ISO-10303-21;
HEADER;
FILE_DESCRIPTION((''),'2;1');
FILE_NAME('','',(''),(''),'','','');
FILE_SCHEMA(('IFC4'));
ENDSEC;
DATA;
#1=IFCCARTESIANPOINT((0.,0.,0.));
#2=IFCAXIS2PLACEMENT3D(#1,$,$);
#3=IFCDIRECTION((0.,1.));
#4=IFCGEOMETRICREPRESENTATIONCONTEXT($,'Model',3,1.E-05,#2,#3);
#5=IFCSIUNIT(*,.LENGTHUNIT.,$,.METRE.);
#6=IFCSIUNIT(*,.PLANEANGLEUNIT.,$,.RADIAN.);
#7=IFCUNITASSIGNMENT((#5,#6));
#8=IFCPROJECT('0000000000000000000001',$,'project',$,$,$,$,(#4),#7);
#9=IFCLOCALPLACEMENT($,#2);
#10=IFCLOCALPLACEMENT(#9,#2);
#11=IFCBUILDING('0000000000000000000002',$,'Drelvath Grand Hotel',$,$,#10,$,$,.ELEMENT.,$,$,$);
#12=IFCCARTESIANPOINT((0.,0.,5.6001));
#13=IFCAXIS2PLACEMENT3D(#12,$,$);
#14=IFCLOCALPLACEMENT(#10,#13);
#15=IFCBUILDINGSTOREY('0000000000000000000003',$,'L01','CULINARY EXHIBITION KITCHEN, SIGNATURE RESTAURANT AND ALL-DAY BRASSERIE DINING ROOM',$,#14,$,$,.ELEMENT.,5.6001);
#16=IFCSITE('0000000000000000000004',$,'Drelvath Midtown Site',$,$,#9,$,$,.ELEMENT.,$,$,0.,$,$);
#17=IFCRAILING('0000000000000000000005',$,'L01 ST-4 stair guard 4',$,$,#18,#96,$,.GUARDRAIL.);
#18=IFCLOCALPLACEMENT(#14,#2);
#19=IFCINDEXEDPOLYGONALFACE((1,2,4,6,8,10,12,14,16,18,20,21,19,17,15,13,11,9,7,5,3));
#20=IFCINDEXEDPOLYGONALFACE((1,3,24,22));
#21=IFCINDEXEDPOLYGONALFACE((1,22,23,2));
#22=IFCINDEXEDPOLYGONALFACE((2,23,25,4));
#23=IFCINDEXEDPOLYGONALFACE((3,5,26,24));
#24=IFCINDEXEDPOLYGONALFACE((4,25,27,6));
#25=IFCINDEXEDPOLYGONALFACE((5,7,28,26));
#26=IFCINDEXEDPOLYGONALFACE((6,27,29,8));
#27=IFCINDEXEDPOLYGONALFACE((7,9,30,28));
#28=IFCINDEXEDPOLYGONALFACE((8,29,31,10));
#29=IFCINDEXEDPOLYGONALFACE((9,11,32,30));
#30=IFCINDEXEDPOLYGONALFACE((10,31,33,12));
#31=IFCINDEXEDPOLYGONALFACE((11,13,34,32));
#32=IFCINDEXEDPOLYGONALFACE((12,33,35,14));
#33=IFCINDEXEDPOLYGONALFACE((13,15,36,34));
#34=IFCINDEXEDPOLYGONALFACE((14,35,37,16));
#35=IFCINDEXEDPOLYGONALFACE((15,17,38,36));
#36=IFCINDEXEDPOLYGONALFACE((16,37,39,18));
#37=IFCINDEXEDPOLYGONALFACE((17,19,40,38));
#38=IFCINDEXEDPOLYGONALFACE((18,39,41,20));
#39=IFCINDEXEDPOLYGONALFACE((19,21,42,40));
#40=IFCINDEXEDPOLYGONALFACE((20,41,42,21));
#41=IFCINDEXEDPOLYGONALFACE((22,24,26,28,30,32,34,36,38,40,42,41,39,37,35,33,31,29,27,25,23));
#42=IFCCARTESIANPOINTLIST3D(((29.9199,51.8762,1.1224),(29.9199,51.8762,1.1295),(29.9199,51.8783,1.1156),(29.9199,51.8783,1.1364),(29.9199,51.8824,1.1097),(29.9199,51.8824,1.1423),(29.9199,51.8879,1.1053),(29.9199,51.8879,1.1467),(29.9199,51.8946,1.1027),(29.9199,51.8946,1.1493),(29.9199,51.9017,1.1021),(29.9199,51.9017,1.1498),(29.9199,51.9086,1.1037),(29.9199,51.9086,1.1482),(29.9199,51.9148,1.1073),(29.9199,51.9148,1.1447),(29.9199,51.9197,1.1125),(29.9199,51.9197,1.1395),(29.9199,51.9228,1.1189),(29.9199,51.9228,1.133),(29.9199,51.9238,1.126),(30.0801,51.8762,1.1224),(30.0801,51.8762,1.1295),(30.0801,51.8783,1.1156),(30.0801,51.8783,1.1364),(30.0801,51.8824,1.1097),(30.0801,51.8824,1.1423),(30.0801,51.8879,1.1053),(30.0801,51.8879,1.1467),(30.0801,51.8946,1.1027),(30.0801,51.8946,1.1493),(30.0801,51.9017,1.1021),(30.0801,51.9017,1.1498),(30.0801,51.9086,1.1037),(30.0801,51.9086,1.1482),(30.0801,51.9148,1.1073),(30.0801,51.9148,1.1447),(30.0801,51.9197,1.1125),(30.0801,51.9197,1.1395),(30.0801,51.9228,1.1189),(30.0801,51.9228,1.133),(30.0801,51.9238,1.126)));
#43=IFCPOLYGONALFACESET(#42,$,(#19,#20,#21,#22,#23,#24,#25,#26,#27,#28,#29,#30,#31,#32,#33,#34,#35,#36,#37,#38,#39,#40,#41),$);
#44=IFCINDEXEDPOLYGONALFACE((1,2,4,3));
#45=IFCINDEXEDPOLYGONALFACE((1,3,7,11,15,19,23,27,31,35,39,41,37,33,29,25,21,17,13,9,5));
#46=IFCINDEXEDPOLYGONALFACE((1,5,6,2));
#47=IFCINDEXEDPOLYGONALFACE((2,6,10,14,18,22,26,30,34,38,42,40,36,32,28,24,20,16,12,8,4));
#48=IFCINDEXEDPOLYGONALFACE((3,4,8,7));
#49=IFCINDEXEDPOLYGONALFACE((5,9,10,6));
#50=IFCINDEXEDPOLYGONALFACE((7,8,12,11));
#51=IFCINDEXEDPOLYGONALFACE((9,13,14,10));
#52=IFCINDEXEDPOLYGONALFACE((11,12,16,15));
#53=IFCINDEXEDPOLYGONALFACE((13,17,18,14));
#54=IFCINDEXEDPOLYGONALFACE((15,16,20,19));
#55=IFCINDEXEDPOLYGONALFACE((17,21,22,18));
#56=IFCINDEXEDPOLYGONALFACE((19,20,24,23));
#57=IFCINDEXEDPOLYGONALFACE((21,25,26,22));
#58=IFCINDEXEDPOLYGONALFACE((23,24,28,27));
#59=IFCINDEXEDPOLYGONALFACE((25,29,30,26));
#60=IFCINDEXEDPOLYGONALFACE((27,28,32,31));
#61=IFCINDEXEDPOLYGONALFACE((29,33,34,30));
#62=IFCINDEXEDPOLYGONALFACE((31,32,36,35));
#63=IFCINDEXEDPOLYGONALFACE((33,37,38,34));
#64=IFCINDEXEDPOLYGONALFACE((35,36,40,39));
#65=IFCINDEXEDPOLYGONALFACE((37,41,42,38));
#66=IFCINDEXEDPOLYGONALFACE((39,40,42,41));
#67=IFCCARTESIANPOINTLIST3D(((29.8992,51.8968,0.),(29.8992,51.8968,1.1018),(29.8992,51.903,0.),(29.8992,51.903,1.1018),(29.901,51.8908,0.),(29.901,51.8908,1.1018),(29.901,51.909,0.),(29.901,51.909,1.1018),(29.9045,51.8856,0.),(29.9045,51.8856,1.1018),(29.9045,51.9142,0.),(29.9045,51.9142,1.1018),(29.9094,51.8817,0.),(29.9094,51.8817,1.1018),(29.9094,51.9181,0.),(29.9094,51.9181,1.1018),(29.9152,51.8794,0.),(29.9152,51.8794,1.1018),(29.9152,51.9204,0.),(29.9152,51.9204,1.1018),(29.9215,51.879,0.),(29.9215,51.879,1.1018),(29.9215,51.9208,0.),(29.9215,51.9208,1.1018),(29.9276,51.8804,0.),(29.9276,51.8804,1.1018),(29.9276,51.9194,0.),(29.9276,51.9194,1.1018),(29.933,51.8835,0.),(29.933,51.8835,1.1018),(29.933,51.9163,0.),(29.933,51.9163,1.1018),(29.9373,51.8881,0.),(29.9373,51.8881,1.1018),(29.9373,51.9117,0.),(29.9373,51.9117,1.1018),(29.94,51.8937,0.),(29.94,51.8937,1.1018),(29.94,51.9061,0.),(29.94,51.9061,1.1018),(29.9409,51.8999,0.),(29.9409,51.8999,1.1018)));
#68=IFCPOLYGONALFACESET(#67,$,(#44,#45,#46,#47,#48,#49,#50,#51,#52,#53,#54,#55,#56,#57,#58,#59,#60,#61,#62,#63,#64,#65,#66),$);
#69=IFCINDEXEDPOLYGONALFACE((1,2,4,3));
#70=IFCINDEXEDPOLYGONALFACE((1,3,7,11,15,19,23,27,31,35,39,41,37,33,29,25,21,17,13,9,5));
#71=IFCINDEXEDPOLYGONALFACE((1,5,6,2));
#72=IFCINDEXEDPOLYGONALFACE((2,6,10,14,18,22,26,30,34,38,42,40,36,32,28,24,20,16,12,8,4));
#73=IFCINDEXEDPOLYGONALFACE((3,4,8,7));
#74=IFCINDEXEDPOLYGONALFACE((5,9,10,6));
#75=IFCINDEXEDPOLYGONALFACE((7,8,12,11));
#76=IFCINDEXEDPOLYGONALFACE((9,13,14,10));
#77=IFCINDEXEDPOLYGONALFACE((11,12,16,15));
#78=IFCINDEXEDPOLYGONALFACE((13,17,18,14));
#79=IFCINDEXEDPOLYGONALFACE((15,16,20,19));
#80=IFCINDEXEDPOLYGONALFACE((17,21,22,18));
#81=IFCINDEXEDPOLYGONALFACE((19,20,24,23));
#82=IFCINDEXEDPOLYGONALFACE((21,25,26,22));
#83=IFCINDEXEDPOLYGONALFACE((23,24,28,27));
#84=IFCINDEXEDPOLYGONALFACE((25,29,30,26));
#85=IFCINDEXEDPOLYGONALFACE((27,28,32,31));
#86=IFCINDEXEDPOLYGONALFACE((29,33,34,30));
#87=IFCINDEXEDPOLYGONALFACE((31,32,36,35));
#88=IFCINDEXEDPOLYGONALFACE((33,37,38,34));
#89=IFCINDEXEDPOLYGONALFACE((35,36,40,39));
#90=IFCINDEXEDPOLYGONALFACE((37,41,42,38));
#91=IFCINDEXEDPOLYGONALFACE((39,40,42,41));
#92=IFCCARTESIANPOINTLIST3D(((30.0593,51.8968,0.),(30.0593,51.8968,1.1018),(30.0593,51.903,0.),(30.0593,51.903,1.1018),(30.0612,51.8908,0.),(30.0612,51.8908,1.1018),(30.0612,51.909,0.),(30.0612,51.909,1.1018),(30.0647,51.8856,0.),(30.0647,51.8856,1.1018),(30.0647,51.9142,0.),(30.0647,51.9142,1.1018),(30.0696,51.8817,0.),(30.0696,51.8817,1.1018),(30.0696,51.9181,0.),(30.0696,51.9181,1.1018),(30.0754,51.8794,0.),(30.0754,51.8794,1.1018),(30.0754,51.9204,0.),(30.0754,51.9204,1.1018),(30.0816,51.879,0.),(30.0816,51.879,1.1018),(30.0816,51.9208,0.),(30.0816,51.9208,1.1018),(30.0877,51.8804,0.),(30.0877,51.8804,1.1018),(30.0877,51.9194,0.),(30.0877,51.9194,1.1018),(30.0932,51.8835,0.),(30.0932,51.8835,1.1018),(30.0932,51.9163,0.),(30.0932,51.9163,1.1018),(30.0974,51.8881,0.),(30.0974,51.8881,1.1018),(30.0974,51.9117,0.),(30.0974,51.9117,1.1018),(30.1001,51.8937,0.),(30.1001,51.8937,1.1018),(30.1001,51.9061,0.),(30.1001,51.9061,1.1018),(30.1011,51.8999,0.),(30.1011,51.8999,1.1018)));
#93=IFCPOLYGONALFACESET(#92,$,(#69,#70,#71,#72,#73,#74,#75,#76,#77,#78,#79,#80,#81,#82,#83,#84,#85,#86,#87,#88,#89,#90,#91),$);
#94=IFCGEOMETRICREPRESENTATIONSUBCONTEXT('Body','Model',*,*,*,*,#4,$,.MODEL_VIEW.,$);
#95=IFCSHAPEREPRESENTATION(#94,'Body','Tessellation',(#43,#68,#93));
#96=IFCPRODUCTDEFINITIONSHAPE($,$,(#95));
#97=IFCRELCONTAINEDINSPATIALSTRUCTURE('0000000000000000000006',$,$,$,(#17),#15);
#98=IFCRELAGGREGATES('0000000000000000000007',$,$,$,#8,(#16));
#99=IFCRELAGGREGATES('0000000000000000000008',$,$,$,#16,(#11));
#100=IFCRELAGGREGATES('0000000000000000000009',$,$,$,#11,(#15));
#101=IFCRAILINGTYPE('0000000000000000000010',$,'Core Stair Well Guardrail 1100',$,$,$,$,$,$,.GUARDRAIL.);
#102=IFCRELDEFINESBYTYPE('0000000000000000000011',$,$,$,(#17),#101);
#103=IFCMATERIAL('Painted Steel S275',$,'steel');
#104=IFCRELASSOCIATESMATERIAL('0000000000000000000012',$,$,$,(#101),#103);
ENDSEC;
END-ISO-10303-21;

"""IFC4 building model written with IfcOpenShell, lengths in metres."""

from ifc_helpers import new_model, si_unit, direction, frame, origin, origin_2d, place, context, subcontext, project, spatial, circle, extrude, material, type_object, element, save


model = new_model("IFC4")

# Units and contexts
model_context = context("Model", 3, precision=1e-05, world=origin(), true_north=direction((0.0, 1.0)))
body_context = subcontext(model_context, "Body", "Model", "MODEL_VIEW")
ifc_project = project(units=[si_unit("LENGTHUNIT", "METRE"), si_unit("PLANEANGLEUNIT", "RADIAN")], contexts=[model_context])

# Site, building, storey
site_placement = place(None, origin())
site = spatial("IfcSite", under=ifc_project, at=site_placement, Name="Drelvath Midtown Site", CompositionType="ELEMENT", RefElevation=0.0)
building_placement = place(site_placement, origin())
building = spatial("IfcBuilding", under=site, at=building_placement, Name="Drelvath Grand Hotel", CompositionType="ELEMENT")
storey_placement = place(building_placement, frame((0.0, 0.0, 5.6001)))
storey = spatial("IfcBuildingStorey", under=building, at=storey_placement, Name="L01", Description="CULINARY EXHIBITION KITCHEN, SIGNATURE RESTAURANT AND ALL-DAY BRASSERIE DINING ROOM", CompositionType="ELEMENT", Elevation=5.6001)

# Railing
ifc_material_1 = material(Name="Painted Steel S275", Category="steel")
railing_type_1 = type_object("IfcRailingType", Name="Core Stair Well Guardrail 1100", PredefinedType="GUARDRAIL", material=ifc_material_1)
railing_1_placement = place(storey_placement, frame((29.9199, 51.8999, 0.0)))
element("IfcRailing", 1, at=railing_1_placement, inside=storey, type_object=railing_type_1, Name="L01 ST-4 stair guard 4", PredefinedType="GUARDRAIL", context=body_context, shape_type="SweptSolid", body=[
    extrude(circle(Radius=0.0239, at=origin_2d()), frame((0.0, 0.0, 1.126), z_axis=(1.0, 0.0, 0.0), x_axis=(0.0, 1.0, 0.0)), (0.0, 0.0, 1.0), 0.1602),
    extrude(circle(Radius=0.021, at=origin_2d()), origin(), (0.0, 0.0, 1.0), 1.1018),
    extrude(circle(Radius=0.021, at=origin_2d()), frame((0.1602, 0.0, 0.0)), (0.0, 0.0, 1.0), 1.1018),
])

save(model, "model.ifc")
